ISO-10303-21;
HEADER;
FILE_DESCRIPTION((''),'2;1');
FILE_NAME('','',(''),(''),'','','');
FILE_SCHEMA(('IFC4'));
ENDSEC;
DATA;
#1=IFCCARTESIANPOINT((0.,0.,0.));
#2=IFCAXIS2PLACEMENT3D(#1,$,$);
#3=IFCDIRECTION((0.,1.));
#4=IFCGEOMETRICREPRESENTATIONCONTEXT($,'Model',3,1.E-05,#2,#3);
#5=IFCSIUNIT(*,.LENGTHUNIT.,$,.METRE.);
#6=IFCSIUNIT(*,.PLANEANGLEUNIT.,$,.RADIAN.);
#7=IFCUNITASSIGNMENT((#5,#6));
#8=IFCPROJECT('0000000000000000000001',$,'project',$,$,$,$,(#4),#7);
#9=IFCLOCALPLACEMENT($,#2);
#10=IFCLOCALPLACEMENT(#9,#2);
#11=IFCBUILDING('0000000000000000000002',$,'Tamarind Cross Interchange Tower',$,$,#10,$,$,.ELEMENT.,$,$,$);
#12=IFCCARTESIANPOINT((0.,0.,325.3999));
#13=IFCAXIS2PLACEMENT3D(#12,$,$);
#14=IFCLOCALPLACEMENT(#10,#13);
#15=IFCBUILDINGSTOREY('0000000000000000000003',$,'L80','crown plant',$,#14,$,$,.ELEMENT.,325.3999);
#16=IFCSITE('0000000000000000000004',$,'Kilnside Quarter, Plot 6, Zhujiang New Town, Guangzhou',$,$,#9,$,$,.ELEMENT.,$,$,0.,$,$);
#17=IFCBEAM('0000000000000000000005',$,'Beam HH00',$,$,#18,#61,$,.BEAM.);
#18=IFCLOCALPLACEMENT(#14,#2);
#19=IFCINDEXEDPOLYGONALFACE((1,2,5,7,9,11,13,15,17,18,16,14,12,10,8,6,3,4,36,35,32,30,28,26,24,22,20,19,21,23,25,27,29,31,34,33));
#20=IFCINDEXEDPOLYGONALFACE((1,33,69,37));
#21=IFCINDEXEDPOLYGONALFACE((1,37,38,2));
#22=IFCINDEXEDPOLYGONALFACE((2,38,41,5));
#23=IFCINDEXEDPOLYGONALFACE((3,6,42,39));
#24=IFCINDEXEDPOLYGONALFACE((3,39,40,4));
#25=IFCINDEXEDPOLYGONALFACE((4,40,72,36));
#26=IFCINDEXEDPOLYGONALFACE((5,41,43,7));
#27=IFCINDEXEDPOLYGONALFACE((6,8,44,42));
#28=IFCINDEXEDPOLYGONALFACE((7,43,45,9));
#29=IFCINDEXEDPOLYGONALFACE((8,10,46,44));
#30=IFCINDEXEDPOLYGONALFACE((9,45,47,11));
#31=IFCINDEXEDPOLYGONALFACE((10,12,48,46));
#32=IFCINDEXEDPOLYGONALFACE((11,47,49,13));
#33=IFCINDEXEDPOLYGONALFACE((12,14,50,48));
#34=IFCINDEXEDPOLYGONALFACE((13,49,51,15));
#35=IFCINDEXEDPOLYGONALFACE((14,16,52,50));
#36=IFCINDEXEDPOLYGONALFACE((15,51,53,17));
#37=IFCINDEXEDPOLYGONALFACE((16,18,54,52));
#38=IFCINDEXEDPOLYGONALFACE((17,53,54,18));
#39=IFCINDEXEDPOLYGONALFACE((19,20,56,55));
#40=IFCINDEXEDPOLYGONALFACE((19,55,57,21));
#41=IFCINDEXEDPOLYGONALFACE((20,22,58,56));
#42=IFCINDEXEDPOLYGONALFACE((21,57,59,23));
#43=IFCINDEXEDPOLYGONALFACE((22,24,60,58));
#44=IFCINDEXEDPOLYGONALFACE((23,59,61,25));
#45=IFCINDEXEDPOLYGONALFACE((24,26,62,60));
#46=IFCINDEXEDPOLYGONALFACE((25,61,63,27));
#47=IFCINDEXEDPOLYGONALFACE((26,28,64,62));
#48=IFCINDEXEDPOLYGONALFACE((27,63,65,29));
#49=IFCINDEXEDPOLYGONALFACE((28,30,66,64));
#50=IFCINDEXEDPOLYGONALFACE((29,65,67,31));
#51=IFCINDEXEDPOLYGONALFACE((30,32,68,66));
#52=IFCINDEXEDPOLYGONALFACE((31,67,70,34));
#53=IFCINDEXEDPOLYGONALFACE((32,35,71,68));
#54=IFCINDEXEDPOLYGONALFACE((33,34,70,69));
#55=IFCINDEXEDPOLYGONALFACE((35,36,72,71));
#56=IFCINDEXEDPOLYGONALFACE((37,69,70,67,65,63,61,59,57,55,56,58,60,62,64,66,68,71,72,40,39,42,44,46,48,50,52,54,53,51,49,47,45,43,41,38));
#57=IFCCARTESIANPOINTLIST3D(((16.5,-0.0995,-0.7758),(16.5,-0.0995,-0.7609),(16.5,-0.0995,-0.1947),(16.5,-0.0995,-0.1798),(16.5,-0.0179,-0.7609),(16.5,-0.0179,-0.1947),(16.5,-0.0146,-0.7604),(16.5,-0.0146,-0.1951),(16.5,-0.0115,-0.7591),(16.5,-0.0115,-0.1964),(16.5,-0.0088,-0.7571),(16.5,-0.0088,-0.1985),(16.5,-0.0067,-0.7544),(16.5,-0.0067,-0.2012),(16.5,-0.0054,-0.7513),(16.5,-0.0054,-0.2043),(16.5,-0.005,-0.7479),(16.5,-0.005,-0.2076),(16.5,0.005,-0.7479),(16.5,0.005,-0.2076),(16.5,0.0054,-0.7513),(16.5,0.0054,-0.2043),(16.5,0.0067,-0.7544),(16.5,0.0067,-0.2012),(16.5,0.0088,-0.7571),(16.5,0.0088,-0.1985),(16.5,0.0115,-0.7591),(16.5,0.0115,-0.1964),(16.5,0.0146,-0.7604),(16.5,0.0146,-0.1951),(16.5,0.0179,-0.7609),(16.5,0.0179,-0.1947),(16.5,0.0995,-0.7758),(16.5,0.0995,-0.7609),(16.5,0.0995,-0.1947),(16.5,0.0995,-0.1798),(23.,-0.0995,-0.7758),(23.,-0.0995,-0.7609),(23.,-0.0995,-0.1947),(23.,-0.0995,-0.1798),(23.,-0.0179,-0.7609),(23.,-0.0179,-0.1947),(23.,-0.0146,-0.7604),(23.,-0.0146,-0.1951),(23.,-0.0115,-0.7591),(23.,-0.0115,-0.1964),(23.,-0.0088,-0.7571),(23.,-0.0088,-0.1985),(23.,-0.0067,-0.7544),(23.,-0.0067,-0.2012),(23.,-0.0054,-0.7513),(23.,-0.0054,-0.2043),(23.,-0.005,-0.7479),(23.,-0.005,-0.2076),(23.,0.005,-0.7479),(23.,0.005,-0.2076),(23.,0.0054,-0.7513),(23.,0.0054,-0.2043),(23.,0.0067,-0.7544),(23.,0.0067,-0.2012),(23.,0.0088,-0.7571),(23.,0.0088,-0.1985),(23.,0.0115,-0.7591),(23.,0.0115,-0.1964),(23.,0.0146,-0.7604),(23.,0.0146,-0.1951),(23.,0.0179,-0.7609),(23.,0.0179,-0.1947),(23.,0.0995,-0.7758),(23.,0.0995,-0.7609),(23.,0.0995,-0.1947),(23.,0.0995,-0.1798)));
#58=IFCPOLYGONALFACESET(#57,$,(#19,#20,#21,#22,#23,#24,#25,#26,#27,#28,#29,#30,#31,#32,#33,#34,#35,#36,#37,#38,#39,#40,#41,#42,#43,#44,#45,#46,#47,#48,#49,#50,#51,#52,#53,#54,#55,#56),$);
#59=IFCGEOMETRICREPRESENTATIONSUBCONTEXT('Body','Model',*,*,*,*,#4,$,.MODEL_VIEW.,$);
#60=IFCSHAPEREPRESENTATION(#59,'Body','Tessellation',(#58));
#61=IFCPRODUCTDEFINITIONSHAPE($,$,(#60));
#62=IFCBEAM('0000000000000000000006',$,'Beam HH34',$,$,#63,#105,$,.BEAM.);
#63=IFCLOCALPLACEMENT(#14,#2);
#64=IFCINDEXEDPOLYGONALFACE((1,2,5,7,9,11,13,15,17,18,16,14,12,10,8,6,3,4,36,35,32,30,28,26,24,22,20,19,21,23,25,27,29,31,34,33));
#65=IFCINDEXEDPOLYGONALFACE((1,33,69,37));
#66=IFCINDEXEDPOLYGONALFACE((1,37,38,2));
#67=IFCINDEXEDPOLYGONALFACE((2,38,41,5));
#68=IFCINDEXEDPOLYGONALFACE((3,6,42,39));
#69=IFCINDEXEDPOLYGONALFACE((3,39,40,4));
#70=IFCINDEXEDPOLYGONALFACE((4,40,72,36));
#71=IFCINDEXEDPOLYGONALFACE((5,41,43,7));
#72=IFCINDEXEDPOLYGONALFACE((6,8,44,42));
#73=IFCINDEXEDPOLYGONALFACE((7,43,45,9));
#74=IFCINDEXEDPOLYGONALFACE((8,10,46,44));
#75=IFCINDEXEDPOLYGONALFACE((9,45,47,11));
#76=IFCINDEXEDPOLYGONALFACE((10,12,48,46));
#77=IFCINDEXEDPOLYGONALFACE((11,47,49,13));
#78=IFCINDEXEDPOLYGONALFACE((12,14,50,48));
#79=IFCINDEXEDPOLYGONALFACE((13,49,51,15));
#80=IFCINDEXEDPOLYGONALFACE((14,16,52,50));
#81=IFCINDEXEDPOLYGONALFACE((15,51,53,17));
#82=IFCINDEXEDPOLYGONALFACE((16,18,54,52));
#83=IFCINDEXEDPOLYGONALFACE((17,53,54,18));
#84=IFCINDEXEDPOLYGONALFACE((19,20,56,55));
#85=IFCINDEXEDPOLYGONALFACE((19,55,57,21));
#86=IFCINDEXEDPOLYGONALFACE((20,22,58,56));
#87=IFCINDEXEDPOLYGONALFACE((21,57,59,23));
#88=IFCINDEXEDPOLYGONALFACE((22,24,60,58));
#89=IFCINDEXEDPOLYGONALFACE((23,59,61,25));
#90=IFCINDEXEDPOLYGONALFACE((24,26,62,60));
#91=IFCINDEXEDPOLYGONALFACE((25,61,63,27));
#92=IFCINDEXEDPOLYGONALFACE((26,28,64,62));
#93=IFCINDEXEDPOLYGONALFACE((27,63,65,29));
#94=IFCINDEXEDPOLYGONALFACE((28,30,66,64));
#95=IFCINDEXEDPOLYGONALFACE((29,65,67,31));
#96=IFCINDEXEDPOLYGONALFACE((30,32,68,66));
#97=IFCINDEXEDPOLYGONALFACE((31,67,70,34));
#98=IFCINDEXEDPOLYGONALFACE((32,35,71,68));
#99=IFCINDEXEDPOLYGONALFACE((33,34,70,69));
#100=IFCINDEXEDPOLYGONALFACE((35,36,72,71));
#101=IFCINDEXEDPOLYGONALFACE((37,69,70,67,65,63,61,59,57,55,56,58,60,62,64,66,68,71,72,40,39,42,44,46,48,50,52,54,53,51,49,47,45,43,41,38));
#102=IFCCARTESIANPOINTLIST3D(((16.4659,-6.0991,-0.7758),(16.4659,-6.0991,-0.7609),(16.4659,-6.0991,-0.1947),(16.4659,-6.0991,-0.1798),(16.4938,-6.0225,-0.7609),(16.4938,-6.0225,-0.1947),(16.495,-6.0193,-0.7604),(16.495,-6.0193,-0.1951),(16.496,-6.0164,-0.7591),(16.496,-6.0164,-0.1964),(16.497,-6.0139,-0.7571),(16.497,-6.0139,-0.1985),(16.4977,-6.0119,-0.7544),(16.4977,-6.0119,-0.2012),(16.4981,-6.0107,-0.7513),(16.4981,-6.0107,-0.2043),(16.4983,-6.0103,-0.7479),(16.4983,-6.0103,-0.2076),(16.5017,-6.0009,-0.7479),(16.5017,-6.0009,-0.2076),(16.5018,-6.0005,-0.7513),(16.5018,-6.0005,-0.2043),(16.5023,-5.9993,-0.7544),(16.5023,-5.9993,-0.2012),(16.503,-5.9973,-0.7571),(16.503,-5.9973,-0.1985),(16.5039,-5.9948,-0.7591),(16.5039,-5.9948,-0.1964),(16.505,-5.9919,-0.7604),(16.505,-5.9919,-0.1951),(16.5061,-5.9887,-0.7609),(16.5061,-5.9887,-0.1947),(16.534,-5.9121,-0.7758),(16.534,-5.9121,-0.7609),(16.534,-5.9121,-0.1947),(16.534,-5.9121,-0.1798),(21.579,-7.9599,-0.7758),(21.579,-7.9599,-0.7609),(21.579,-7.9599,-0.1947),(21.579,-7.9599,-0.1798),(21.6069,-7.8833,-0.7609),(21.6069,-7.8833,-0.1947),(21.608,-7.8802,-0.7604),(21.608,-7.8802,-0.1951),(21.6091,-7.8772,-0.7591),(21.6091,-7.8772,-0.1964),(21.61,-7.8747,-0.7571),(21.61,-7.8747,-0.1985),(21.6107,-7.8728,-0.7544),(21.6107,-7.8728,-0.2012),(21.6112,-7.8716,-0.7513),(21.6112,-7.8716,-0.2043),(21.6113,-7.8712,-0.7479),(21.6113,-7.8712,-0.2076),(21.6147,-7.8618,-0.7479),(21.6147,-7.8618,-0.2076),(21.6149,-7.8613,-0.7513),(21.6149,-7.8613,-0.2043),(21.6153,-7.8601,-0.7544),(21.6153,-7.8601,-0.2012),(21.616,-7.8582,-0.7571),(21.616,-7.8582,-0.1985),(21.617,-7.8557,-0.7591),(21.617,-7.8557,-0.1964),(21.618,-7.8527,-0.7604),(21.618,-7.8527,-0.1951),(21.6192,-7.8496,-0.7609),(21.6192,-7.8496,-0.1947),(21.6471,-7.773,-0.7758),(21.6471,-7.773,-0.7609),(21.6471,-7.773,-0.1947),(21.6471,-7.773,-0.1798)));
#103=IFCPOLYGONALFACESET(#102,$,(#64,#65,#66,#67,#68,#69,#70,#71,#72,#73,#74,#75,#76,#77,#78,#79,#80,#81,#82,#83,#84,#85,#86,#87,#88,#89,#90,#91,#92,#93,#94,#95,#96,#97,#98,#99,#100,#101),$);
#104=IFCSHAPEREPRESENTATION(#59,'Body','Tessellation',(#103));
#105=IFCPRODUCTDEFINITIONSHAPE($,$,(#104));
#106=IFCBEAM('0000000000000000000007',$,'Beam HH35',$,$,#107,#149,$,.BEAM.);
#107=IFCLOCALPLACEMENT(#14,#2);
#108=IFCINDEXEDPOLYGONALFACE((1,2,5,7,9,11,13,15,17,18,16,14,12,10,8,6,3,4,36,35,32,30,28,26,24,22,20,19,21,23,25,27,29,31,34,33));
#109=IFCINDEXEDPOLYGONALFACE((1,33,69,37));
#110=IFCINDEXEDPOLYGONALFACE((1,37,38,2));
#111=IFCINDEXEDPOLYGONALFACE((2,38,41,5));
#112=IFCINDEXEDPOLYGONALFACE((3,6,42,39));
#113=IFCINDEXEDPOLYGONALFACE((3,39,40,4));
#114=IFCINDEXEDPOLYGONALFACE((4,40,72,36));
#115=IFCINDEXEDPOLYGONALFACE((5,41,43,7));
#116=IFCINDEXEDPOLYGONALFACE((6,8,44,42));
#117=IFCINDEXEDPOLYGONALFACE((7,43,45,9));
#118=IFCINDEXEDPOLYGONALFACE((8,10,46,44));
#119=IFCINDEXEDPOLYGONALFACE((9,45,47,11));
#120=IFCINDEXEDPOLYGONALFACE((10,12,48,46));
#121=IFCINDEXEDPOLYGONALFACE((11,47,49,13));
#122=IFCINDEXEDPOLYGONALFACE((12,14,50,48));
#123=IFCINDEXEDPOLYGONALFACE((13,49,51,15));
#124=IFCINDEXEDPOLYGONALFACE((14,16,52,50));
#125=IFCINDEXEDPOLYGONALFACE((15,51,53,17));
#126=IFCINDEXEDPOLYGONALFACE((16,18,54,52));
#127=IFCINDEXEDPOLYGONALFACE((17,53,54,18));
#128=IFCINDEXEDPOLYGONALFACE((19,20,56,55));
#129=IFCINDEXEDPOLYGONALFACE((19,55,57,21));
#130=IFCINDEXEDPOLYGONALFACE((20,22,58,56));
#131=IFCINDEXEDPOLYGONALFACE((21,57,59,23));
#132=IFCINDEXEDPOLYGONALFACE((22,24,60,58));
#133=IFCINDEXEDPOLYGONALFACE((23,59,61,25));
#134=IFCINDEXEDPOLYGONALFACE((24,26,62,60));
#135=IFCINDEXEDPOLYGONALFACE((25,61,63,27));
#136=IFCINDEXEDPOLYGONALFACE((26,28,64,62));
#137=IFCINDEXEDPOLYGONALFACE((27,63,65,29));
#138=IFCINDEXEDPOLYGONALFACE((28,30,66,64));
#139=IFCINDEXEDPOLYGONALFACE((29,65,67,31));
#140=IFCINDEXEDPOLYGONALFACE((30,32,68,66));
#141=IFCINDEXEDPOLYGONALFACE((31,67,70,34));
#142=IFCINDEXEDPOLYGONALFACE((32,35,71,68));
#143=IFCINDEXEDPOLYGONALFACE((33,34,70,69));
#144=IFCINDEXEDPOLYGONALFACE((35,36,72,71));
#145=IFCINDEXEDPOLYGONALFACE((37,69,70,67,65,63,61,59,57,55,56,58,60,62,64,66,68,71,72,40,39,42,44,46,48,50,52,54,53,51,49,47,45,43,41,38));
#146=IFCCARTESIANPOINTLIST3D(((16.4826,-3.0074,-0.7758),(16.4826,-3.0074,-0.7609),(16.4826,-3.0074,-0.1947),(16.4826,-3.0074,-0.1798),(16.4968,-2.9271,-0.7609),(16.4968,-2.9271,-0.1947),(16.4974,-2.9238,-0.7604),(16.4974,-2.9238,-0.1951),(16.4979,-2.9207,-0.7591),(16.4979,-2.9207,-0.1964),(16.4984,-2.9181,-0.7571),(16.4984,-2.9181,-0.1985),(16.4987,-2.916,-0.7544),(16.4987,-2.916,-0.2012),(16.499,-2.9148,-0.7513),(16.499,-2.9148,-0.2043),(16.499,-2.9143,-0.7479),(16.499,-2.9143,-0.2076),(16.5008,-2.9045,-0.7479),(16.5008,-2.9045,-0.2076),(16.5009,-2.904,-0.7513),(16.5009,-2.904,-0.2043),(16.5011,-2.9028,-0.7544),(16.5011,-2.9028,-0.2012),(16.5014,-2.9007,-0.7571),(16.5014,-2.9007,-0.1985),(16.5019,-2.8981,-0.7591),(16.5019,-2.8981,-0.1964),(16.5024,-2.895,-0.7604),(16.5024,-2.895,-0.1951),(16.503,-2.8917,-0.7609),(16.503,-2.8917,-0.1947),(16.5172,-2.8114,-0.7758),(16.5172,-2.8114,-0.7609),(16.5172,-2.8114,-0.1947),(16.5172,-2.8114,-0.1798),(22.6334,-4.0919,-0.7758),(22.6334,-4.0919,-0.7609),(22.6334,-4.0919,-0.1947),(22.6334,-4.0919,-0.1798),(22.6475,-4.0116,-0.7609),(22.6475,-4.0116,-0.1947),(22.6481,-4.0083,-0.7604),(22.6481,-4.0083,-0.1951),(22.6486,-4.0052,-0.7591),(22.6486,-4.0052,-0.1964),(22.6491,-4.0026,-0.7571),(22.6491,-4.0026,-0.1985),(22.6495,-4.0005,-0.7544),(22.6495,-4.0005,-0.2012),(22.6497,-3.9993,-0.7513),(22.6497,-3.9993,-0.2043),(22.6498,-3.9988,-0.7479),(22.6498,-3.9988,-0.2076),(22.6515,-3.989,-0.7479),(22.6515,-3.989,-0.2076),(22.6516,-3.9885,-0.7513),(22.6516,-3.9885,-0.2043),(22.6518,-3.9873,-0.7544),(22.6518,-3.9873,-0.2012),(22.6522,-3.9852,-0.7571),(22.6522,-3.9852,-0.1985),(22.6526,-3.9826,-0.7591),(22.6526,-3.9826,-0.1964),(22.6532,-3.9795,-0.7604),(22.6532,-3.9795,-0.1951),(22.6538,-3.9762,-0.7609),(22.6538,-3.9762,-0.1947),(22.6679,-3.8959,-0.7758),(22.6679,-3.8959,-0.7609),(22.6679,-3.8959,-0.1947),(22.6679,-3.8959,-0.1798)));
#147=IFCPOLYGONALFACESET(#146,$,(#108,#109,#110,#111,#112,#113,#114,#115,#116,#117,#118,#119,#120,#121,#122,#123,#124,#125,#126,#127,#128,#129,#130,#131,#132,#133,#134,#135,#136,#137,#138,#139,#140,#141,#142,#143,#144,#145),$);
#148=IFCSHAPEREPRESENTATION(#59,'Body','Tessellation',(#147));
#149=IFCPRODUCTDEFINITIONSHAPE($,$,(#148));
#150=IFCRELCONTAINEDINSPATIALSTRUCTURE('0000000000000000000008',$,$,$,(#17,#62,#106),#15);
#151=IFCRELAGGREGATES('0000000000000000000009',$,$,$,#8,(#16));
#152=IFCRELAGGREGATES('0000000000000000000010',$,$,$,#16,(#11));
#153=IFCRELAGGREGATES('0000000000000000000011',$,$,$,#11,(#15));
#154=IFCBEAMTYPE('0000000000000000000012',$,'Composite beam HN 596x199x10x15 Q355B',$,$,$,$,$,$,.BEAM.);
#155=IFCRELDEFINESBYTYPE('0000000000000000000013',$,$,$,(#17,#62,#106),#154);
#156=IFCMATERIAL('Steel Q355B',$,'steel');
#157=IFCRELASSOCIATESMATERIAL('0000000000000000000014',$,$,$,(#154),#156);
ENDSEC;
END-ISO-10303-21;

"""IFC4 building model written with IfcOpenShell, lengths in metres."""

from ifc_helpers import new_model, si_unit, direction, frame, origin, origin_2d, place, context, subcontext, project, spatial, i_section, extrude, material, material_profile, profile_set, type_object, element, save


model = new_model("IFC4")

# Units and contexts
model_context = context("Model", 3, precision=1e-05, world=origin(), true_north=direction((0.0, 1.0)))
body_context = subcontext(model_context, "Body", "Model", "MODEL_VIEW")
ifc_project = project(units=[si_unit("LENGTHUNIT", "METRE"), si_unit("PLANEANGLEUNIT", "RADIAN")], contexts=[model_context])

# Site, building, storey
site_placement = place(None, origin())
site = spatial("IfcSite", under=ifc_project, at=site_placement, Name="Kilnside Quarter, Plot 6, Zhujiang New Town, Guangzhou", CompositionType="ELEMENT", RefElevation=0.0)
building_placement = place(site_placement, origin())
building = spatial("IfcBuilding", under=site, at=building_placement, Name="Tamarind Cross Interchange Tower", CompositionType="ELEMENT")
storey_placement = place(building_placement, frame((0.0, 0.0, 325.3999)))
storey = spatial("IfcBuildingStorey", under=building, at=storey_placement, Name="L80", Description="crown plant", CompositionType="ELEMENT", Elevation=325.3999)

# Beams
ifc_material_1 = material(Name="Steel Q355B", Category="steel")
ifc_material_profile_1 = material_profile(ifc_material_1, i_section(OverallWidth=0.199, OverallDepth=0.5959, WebThickness=0.01, FlangeThickness=0.0149, FilletRadius=0.0129, at=origin_2d()), Name="HN 596x199x10x15")
ifc_profile_set_1 = profile_set([ifc_material_profile_1], Name="Steel Q355B")
beam_type = type_object("IfcBeamType", Name="Composite beam HN 596x199x10x15 Q355B", PredefinedType="BEAM", material=ifc_profile_set_1)
beam_1_placement = place(storey_placement, frame((23.0, 0.0, -0.4778), z_axis=(-1.0, 0.0, 0.0), x_axis=(0.0, -1.0, 0.0)))
element("IfcBeam", 1, at=beam_1_placement, inside=storey, type_object=beam_type, Name="Beam HH00", PredefinedType="BEAM", context=body_context, shape_type="SweptSolid", body=[
    extrude(i_section(OverallWidth=0.199, OverallDepth=0.5959, WebThickness=0.01, FlangeThickness=0.0149, FilletRadius=0.0129, at=origin_2d()), origin(), (0.0, 0.0, 1.0), 6.5),
])
beam_2_placement = place(storey_placement, frame((21.613, -7.8665, -0.4778), z_axis=(-0.939702, 0.341995, 0.0), x_axis=(-0.341995, -0.939702, 0.0)))
element("IfcBeam", 2, at=beam_2_placement, inside=storey, type_object=beam_type, Name="Beam HH34", PredefinedType="BEAM", context=body_context, shape_type="SweptSolid", body=[
    extrude(i_section(OverallWidth=0.199, OverallDepth=0.5959, WebThickness=0.01, FlangeThickness=0.0149, FilletRadius=0.0129, at=origin_2d()), origin(), (0.0, 0.0, 1.0), 5.4412),
])
beam_3_placement = place(storey_placement, frame((22.6506, -3.9939, -0.4778), z_axis=(-0.984809, 0.17364, 0.0), x_axis=(-0.17364, -0.984809, 0.0)))
element("IfcBeam", 3, at=beam_3_placement, inside=storey, type_object=beam_type, Name="Beam HH35", PredefinedType="BEAM", context=body_context, shape_type="SweptSolid", body=[
    extrude(i_section(OverallWidth=0.199, OverallDepth=0.5959, WebThickness=0.01, FlangeThickness=0.0149, FilletRadius=0.0129, at=origin_2d()), origin(), (0.0, 0.0, 1.0), 6.2456),
])

save(model, "model.ifc")
